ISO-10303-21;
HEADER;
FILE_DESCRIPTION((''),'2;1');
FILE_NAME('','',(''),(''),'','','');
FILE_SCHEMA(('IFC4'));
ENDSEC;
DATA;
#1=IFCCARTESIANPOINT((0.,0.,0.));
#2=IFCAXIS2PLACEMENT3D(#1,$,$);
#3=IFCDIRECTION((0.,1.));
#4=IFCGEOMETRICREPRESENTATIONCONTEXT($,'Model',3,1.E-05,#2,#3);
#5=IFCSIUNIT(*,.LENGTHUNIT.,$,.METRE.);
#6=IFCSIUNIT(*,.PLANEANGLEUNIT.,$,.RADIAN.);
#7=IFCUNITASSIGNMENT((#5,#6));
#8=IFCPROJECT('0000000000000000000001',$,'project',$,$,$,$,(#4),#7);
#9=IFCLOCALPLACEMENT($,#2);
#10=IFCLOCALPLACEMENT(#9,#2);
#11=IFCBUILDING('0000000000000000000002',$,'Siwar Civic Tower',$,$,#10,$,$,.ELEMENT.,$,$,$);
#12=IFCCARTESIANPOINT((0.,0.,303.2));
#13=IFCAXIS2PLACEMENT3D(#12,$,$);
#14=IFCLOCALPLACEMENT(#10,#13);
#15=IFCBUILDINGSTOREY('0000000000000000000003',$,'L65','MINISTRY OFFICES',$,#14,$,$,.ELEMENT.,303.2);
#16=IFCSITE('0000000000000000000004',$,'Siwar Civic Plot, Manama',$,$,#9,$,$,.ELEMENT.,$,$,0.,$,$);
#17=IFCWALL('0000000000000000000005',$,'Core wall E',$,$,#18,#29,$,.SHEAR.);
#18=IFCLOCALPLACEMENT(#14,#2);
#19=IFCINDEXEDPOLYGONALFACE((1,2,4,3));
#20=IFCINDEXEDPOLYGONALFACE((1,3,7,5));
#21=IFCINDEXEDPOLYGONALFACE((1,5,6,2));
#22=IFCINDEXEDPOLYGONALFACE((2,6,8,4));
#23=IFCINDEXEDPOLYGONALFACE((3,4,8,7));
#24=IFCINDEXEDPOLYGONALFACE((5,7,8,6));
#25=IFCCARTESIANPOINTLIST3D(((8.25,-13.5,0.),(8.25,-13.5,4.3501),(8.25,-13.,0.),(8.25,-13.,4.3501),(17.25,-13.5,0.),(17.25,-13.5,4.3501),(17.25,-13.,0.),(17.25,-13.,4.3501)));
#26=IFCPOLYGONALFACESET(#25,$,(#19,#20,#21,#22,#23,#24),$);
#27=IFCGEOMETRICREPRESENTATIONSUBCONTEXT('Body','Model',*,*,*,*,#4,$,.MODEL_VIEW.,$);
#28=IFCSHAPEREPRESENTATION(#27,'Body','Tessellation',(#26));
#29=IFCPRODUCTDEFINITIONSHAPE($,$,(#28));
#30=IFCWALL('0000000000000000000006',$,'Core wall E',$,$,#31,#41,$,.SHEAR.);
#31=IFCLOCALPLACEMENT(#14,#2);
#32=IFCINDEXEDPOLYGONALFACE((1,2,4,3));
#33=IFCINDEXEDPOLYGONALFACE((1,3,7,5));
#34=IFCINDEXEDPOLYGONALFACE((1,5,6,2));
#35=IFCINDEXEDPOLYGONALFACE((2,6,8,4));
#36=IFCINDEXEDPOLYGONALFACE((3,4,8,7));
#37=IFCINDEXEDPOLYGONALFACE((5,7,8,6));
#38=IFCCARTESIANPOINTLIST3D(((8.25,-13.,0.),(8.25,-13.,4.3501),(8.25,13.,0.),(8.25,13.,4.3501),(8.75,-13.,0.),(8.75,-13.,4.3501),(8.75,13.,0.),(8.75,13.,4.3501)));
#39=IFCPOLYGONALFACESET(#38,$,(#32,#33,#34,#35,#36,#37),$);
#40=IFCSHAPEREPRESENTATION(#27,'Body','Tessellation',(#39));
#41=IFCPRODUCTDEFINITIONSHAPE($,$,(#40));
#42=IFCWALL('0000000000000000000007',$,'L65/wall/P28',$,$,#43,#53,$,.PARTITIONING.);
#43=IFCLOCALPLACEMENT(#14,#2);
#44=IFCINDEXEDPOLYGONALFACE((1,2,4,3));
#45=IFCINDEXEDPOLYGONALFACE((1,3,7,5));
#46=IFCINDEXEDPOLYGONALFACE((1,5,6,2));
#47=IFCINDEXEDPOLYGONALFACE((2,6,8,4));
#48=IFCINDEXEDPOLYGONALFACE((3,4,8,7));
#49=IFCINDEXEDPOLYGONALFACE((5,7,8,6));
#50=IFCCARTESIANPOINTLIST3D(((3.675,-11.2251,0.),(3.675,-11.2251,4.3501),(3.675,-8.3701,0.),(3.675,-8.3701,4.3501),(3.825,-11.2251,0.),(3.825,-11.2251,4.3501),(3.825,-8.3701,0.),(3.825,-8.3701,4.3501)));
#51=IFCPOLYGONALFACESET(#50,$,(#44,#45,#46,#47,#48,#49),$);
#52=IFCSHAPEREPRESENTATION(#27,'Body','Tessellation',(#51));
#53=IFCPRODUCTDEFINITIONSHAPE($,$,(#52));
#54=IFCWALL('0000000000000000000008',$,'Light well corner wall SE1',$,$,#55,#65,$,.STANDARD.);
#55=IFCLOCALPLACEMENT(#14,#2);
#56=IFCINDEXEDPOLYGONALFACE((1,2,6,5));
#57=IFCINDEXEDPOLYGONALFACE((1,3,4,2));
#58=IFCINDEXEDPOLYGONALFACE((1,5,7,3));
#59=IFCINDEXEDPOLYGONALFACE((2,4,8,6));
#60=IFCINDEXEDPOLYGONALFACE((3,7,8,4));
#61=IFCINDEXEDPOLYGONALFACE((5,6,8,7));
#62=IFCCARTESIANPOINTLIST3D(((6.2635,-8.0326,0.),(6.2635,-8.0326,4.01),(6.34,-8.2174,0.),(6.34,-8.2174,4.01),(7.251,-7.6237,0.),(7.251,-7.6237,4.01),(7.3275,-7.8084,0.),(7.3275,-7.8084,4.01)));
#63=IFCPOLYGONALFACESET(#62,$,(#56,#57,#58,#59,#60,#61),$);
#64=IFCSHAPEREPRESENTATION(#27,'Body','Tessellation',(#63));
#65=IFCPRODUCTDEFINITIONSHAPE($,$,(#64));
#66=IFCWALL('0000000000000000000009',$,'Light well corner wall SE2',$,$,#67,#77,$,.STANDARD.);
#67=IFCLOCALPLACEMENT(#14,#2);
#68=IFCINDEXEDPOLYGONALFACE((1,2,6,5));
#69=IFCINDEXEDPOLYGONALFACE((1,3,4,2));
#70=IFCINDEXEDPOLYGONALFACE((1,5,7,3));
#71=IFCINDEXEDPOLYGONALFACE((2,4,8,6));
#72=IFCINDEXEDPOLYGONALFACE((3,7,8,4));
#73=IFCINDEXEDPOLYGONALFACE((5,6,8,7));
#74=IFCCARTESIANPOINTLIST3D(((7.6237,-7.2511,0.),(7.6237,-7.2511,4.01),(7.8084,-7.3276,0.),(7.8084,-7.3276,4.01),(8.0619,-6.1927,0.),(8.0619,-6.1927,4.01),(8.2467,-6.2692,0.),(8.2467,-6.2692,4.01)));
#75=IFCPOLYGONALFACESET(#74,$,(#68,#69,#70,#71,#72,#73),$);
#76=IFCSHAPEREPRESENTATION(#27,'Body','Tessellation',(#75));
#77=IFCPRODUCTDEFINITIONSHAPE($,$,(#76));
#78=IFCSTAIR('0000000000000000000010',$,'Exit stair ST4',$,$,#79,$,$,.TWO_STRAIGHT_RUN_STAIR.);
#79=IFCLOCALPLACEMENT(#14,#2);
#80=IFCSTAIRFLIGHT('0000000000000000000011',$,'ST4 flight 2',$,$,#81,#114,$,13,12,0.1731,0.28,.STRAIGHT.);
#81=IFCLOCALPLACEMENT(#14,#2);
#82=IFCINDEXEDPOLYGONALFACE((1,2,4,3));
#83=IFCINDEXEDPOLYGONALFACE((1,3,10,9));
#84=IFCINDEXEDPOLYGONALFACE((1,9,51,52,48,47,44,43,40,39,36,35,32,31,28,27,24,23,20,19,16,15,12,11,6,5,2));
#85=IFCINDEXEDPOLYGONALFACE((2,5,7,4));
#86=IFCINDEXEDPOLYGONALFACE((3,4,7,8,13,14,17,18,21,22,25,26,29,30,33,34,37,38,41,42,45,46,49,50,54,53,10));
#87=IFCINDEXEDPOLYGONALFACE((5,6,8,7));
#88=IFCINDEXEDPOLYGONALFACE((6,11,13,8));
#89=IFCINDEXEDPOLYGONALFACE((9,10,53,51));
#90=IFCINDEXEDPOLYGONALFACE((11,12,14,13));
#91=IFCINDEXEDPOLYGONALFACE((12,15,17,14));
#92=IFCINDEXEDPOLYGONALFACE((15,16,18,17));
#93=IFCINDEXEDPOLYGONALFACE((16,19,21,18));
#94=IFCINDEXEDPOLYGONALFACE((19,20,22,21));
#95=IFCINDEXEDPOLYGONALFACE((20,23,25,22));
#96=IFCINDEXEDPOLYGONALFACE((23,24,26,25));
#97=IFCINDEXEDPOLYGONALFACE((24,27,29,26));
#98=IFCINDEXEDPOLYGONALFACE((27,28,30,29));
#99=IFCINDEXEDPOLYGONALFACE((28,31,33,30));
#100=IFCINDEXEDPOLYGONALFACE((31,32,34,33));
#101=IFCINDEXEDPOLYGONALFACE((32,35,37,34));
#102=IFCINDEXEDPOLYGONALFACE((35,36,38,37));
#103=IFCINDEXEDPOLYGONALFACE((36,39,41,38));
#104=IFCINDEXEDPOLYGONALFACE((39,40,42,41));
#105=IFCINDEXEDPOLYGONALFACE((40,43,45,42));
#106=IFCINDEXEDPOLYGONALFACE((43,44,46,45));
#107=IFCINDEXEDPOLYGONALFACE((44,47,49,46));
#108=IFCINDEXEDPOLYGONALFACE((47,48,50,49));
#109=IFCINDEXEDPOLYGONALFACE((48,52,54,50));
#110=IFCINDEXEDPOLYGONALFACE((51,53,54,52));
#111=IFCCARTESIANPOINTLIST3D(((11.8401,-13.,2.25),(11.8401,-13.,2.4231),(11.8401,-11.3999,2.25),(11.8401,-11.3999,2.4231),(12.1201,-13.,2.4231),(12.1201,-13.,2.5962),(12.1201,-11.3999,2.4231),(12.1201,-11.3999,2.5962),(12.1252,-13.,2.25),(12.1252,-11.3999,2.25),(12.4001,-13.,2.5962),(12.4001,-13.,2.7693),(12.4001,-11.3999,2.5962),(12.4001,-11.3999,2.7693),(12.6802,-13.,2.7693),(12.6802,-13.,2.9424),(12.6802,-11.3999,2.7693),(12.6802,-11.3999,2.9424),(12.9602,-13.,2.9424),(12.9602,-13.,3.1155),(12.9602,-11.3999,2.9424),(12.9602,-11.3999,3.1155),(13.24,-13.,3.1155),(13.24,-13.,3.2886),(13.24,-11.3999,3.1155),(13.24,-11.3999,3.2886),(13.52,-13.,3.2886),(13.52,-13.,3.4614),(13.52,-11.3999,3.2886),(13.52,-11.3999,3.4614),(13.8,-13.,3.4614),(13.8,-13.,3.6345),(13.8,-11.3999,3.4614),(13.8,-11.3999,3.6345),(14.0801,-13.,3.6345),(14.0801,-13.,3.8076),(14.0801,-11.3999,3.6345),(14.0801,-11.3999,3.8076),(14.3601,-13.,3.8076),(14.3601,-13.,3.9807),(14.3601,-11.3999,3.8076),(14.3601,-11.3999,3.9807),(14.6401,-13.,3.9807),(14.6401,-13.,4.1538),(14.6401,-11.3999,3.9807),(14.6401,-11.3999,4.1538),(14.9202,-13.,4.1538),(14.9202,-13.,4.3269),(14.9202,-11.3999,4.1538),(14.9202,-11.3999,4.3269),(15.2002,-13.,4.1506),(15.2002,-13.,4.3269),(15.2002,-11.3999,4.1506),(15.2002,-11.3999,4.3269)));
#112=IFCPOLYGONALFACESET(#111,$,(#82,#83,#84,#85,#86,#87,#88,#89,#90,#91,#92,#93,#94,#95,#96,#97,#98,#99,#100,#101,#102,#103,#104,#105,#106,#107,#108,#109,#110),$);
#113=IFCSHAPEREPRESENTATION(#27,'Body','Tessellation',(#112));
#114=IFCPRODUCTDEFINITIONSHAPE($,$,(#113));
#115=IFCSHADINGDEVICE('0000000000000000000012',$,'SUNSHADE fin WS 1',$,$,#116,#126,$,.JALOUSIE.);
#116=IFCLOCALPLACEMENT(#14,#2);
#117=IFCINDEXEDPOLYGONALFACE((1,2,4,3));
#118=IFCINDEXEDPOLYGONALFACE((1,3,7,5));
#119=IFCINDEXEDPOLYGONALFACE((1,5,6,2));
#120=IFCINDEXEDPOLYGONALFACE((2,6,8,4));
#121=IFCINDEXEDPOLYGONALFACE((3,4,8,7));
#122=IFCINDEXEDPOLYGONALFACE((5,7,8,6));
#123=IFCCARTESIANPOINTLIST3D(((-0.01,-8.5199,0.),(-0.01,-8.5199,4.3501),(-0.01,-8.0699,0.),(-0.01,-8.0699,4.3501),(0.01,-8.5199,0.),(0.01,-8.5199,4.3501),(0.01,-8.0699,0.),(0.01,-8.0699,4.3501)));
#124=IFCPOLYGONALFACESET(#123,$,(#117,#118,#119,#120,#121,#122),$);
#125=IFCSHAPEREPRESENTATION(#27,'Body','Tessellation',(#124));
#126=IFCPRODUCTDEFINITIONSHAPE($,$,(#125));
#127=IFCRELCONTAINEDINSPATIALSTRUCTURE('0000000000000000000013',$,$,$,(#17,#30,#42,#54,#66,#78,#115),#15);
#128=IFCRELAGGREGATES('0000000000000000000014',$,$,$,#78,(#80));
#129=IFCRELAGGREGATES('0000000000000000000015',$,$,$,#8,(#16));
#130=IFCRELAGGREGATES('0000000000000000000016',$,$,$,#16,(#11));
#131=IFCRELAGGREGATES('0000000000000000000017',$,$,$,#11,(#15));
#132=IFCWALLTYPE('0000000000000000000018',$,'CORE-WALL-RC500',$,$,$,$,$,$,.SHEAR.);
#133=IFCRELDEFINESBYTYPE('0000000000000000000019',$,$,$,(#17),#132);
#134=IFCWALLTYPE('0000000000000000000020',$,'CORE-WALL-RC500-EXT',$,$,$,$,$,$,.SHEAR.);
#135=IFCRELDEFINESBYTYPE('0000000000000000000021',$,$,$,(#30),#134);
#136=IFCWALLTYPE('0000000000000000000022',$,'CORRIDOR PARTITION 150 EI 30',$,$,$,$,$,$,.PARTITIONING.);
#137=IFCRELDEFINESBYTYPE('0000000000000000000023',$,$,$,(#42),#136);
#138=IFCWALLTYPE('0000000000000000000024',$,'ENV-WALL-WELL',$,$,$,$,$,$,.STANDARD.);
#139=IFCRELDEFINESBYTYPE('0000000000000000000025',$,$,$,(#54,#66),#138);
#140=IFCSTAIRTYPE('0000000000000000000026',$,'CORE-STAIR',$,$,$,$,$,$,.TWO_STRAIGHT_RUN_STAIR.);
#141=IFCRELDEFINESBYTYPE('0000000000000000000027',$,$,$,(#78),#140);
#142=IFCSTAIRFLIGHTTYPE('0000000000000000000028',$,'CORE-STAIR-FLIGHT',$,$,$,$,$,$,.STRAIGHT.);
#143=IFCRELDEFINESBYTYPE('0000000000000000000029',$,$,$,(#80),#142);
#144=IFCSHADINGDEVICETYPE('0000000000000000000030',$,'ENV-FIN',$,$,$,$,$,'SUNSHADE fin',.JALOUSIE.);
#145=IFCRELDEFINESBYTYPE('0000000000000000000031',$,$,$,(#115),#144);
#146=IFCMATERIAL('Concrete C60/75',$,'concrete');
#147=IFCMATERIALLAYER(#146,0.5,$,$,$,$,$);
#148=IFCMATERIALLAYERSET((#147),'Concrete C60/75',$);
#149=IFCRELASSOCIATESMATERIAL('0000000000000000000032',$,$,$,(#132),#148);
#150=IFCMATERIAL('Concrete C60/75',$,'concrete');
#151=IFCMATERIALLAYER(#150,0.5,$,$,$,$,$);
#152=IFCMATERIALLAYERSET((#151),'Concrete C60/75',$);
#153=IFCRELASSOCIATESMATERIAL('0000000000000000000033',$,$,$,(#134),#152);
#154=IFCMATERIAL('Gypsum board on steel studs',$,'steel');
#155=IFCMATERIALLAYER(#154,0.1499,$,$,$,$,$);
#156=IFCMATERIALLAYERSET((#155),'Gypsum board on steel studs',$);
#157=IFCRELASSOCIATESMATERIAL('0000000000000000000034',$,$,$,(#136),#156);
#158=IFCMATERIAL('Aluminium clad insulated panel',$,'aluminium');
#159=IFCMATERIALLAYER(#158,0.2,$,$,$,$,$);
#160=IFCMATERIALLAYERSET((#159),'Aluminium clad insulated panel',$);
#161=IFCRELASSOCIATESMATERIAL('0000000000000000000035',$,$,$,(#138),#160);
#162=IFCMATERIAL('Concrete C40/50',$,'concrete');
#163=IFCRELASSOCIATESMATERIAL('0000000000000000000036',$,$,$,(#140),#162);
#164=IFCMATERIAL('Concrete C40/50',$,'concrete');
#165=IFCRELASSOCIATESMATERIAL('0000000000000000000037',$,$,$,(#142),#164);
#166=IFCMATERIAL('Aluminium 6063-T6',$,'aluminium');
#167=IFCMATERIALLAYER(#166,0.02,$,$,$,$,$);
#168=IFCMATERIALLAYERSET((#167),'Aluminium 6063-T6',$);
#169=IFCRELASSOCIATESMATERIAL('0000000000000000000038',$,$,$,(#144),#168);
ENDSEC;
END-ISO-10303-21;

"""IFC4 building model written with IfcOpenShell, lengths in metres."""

from ifc_helpers import new_model, si_unit, direction, frame, frame_2d, origin, origin_2d, place, context, subcontext, project, spatial, polyline, rectangle, outline, extrude, material, layer, layer_set, type_object, element, aggregate, save


model = new_model("IFC4")

# Units and contexts
model_context = context("Model", 3, precision=1e-05, world=origin(), true_north=direction((0.0, 1.0)))
body_context = subcontext(model_context, "Body", "Model", "MODEL_VIEW")
ifc_project = project(units=[si_unit("LENGTHUNIT", "METRE"), si_unit("PLANEANGLEUNIT", "RADIAN")], contexts=[model_context])

# Site, building, storey
site_placement = place(None, origin())
site = spatial("IfcSite", under=ifc_project, at=site_placement, Name="Siwar Civic Plot, Manama", CompositionType="ELEMENT", RefElevation=0.0)
building_placement = place(site_placement, origin())
building = spatial("IfcBuilding", under=site, at=building_placement, Name="Siwar Civic Tower", CompositionType="ELEMENT")
storey_placement = place(building_placement, frame((0.0, 0.0, 303.2)))
storey = spatial("IfcBuildingStorey", under=building, at=storey_placement, Name="L65", Description="MINISTRY OFFICES", CompositionType="ELEMENT", Elevation=303.2)

# Walls
ifc_material_1 = material(Name="Concrete C60/75", Category="concrete")
ifc_layer_1 = layer(ifc_material_1, 0.5)
ifc_layer_set_1 = layer_set([ifc_layer_1], Name="Concrete C60/75")
wall_type_1 = type_object("IfcWallType", Name="CORE-WALL-RC500", PredefinedType="SHEAR", material=ifc_layer_set_1)
wall_1_placement = place(storey_placement, frame((8.25, -13.25, 0.0), z_axis=(0.0, 0.0, 1.0), x_axis=(1.0, 0.0, 0.0)))
element("IfcWall", 1, at=wall_1_placement, inside=storey, type_object=wall_type_1, Name="Core wall E", PredefinedType="SHEAR", context=body_context, shape_type="SweptSolid", body=[
    extrude(rectangle(XDim=9.0, YDim=0.5, at=frame_2d((4.5, 0.0))), origin(), (0.0, 0.0, 1.0), 4.3501),
])
ifc_material_2 = material(Name="Concrete C60/75", Category="concrete")
ifc_layer_2 = layer(ifc_material_2, 0.5)
ifc_layer_set_2 = layer_set([ifc_layer_2], Name="Concrete C60/75")
wall_type_2 = type_object("IfcWallType", Name="CORE-WALL-RC500-EXT", PredefinedType="SHEAR", material=ifc_layer_set_2)
wall_2_placement = place(storey_placement, frame((8.5, -13.0, 0.0), z_axis=(0.0, 0.0, 1.0), x_axis=(0.0, 1.0, 0.0)))
element("IfcWall", 2, at=wall_2_placement, inside=storey, type_object=wall_type_2, Name="Core wall E", PredefinedType="SHEAR", context=body_context, shape_type="SweptSolid", body=[
    extrude(rectangle(XDim=26.0, YDim=0.5, at=frame_2d((13.0, 0.0))), origin(), (0.0, 0.0, 1.0), 4.3501),
])
ifc_material_3 = material(Name="Gypsum board on steel studs", Category="steel")
ifc_layer_3 = layer(ifc_material_3, 0.1499)
ifc_layer_set_3 = layer_set([ifc_layer_3], Name="Gypsum board on steel studs")
wall_type_3 = type_object("IfcWallType", Name="CORRIDOR PARTITION 150 EI 30", PredefinedType="PARTITIONING", material=ifc_layer_set_3)
wall_3_placement = place(storey_placement, frame((3.75, -11.2251, 0.0), z_axis=(0.0, 0.0, 1.0), x_axis=(0.0, 1.0, 0.0)))
element("IfcWall", 3, at=wall_3_placement, inside=storey, type_object=wall_type_3, Name="L65/wall/P28", PredefinedType="PARTITIONING", context=body_context, shape_type="SweptSolid", body=[
    extrude(rectangle(XDim=2.855, YDim=0.1499, at=frame_2d((1.4275, 0.0))), origin(), (0.0, 0.0, 1.0), 4.3501),
])
ifc_material_4 = material(Name="Aluminium clad insulated panel", Category="aluminium")
ifc_layer_4 = layer(ifc_material_4, 0.2)
ifc_layer_set_4 = layer_set([ifc_layer_4], Name="Aluminium clad insulated panel")
wall_type_4 = type_object("IfcWallType", Name="ENV-WALL-WELL", PredefinedType="STANDARD", material=ifc_layer_set_4)
wall_4_placement = place(storey_placement, frame((6.3018, -8.125, 0.0), z_axis=(0.0, 0.0, 1.0), x_axis=(0.923919, 0.382587, 0.0)))
element("IfcWall", 4, at=wall_4_placement, inside=storey, type_object=wall_type_4, Name="Light well corner wall SE1", PredefinedType="STANDARD", context=body_context, shape_type="SweptSolid", body=[
    extrude(rectangle(XDim=1.0688, YDim=0.2, at=frame_2d((0.5344, 0.0))), origin(), (0.0, 0.0, 1.0), 4.01),
])
wall_5_placement = place(storey_placement, frame((7.7161, -7.2893, 0.0), z_axis=(0.0, 0.0, 1.0), x_axis=(0.382571, 0.923926, 0.0)))
element("IfcWall", 5, at=wall_5_placement, inside=storey, type_object=wall_type_4, Name="Light well corner wall SE2", PredefinedType="STANDARD", context=body_context, shape_type="SweptSolid", body=[
    extrude(rectangle(XDim=1.1455, YDim=0.2, at=frame_2d((0.5728, 0.0))), origin(), (0.0, 0.0, 1.0), 4.01),
])

# Stair, stair flight
ifc_material_5 = material(Name="Concrete C40/50", Category="concrete")
stair_type = type_object("IfcStairType", Name="CORE-STAIR", PredefinedType="TWO_STRAIGHT_RUN_STAIR", material=ifc_material_5)
stair_placement = place(storey_placement, origin())
stair = element("IfcStair", 6, at=stair_placement, inside=storey, type_object=stair_type, Name="Exit stair ST4", PredefinedType="TWO_STRAIGHT_RUN_STAIR")
ifc_material_6 = material(Name="Concrete C40/50", Category="concrete")
stair_flight_type = type_object("IfcStairFlightType", Name="CORE-STAIR-FLIGHT", PredefinedType="STRAIGHT", material=ifc_material_6)
stair_flight_placement = place(storey_placement, frame((11.8401, -12.2, 2.25), z_axis=(0.0, 0.0, 1.0), x_axis=(1.0, 0.0, 0.0)))
stair_flight = element("IfcStairFlight", 7, at=stair_flight_placement, type_object=stair_flight_type, Name="ST4 flight 2", NumberOfRisers=13, NumberOfTreads=12, PredefinedType="STRAIGHT", RiserHeight=0.1731, TreadLength=0.28, context=body_context, shape_type="SweptSolid", body=[
    extrude(outline(polyline([(0.0, 0.0), (0.0, 0.1731), (0.28, 0.1731), (0.28, 0.3462), (0.5601, 0.3462), (0.5601, 0.5193), (0.8401, 0.5193), (0.8401, 0.6924), (1.1201, 0.6924), (1.1201, 0.8655), (1.3999, 0.8655), (1.3999, 1.0386), (1.6799, 1.0386), (1.6799, 1.2114), (1.96, 1.2114), (1.96, 1.3845), (2.24, 1.3845), (2.24, 1.5576), (2.52, 1.5576), (2.52, 1.7307), (2.8, 1.7307), (2.8, 1.9038), (3.0801, 1.9038), (3.0801, 2.0769), (3.3601, 2.0769), (3.3601, 2.25), (3.3601, 1.9006), (0.2852, 0.0), (0.0, 0.0)])), frame((0.0, 0.8, 0.0), z_axis=(0.0, -1.0, 0.0), x_axis=(1.0, 0.0, 0.0)), (0.0, 0.0, 1.0), 1.6001),
])
aggregate(stair, [stair_flight])

# Shading device
ifc_material_7 = material(Name="Aluminium 6063-T6", Category="aluminium")
ifc_layer_5 = layer(ifc_material_7, 0.02)
ifc_layer_set_5 = layer_set([ifc_layer_5], Name="Aluminium 6063-T6")
shading_device_type = type_object("IfcShadingDeviceType", Name="ENV-FIN", ElementType="SUNSHADE fin", PredefinedType="JALOUSIE", material=ifc_layer_set_5)
shading_device_placement = place(storey_placement, frame((0.0, -8.2949, 0.0), z_axis=(0.0, 0.0, 1.0), x_axis=(1.0, 0.0, 0.0)))
element("IfcShadingDevice", 8, at=shading_device_placement, inside=storey, type_object=shading_device_type, Name="SUNSHADE fin WS 1", PredefinedType="JALOUSIE", context=body_context, shape_type="SweptSolid", body=[
    extrude(rectangle(XDim=0.02, YDim=0.45, at=origin_2d()), origin(), (0.0, 0.0, 1.0), 4.3501),
])

save(model, "model.ifc")
